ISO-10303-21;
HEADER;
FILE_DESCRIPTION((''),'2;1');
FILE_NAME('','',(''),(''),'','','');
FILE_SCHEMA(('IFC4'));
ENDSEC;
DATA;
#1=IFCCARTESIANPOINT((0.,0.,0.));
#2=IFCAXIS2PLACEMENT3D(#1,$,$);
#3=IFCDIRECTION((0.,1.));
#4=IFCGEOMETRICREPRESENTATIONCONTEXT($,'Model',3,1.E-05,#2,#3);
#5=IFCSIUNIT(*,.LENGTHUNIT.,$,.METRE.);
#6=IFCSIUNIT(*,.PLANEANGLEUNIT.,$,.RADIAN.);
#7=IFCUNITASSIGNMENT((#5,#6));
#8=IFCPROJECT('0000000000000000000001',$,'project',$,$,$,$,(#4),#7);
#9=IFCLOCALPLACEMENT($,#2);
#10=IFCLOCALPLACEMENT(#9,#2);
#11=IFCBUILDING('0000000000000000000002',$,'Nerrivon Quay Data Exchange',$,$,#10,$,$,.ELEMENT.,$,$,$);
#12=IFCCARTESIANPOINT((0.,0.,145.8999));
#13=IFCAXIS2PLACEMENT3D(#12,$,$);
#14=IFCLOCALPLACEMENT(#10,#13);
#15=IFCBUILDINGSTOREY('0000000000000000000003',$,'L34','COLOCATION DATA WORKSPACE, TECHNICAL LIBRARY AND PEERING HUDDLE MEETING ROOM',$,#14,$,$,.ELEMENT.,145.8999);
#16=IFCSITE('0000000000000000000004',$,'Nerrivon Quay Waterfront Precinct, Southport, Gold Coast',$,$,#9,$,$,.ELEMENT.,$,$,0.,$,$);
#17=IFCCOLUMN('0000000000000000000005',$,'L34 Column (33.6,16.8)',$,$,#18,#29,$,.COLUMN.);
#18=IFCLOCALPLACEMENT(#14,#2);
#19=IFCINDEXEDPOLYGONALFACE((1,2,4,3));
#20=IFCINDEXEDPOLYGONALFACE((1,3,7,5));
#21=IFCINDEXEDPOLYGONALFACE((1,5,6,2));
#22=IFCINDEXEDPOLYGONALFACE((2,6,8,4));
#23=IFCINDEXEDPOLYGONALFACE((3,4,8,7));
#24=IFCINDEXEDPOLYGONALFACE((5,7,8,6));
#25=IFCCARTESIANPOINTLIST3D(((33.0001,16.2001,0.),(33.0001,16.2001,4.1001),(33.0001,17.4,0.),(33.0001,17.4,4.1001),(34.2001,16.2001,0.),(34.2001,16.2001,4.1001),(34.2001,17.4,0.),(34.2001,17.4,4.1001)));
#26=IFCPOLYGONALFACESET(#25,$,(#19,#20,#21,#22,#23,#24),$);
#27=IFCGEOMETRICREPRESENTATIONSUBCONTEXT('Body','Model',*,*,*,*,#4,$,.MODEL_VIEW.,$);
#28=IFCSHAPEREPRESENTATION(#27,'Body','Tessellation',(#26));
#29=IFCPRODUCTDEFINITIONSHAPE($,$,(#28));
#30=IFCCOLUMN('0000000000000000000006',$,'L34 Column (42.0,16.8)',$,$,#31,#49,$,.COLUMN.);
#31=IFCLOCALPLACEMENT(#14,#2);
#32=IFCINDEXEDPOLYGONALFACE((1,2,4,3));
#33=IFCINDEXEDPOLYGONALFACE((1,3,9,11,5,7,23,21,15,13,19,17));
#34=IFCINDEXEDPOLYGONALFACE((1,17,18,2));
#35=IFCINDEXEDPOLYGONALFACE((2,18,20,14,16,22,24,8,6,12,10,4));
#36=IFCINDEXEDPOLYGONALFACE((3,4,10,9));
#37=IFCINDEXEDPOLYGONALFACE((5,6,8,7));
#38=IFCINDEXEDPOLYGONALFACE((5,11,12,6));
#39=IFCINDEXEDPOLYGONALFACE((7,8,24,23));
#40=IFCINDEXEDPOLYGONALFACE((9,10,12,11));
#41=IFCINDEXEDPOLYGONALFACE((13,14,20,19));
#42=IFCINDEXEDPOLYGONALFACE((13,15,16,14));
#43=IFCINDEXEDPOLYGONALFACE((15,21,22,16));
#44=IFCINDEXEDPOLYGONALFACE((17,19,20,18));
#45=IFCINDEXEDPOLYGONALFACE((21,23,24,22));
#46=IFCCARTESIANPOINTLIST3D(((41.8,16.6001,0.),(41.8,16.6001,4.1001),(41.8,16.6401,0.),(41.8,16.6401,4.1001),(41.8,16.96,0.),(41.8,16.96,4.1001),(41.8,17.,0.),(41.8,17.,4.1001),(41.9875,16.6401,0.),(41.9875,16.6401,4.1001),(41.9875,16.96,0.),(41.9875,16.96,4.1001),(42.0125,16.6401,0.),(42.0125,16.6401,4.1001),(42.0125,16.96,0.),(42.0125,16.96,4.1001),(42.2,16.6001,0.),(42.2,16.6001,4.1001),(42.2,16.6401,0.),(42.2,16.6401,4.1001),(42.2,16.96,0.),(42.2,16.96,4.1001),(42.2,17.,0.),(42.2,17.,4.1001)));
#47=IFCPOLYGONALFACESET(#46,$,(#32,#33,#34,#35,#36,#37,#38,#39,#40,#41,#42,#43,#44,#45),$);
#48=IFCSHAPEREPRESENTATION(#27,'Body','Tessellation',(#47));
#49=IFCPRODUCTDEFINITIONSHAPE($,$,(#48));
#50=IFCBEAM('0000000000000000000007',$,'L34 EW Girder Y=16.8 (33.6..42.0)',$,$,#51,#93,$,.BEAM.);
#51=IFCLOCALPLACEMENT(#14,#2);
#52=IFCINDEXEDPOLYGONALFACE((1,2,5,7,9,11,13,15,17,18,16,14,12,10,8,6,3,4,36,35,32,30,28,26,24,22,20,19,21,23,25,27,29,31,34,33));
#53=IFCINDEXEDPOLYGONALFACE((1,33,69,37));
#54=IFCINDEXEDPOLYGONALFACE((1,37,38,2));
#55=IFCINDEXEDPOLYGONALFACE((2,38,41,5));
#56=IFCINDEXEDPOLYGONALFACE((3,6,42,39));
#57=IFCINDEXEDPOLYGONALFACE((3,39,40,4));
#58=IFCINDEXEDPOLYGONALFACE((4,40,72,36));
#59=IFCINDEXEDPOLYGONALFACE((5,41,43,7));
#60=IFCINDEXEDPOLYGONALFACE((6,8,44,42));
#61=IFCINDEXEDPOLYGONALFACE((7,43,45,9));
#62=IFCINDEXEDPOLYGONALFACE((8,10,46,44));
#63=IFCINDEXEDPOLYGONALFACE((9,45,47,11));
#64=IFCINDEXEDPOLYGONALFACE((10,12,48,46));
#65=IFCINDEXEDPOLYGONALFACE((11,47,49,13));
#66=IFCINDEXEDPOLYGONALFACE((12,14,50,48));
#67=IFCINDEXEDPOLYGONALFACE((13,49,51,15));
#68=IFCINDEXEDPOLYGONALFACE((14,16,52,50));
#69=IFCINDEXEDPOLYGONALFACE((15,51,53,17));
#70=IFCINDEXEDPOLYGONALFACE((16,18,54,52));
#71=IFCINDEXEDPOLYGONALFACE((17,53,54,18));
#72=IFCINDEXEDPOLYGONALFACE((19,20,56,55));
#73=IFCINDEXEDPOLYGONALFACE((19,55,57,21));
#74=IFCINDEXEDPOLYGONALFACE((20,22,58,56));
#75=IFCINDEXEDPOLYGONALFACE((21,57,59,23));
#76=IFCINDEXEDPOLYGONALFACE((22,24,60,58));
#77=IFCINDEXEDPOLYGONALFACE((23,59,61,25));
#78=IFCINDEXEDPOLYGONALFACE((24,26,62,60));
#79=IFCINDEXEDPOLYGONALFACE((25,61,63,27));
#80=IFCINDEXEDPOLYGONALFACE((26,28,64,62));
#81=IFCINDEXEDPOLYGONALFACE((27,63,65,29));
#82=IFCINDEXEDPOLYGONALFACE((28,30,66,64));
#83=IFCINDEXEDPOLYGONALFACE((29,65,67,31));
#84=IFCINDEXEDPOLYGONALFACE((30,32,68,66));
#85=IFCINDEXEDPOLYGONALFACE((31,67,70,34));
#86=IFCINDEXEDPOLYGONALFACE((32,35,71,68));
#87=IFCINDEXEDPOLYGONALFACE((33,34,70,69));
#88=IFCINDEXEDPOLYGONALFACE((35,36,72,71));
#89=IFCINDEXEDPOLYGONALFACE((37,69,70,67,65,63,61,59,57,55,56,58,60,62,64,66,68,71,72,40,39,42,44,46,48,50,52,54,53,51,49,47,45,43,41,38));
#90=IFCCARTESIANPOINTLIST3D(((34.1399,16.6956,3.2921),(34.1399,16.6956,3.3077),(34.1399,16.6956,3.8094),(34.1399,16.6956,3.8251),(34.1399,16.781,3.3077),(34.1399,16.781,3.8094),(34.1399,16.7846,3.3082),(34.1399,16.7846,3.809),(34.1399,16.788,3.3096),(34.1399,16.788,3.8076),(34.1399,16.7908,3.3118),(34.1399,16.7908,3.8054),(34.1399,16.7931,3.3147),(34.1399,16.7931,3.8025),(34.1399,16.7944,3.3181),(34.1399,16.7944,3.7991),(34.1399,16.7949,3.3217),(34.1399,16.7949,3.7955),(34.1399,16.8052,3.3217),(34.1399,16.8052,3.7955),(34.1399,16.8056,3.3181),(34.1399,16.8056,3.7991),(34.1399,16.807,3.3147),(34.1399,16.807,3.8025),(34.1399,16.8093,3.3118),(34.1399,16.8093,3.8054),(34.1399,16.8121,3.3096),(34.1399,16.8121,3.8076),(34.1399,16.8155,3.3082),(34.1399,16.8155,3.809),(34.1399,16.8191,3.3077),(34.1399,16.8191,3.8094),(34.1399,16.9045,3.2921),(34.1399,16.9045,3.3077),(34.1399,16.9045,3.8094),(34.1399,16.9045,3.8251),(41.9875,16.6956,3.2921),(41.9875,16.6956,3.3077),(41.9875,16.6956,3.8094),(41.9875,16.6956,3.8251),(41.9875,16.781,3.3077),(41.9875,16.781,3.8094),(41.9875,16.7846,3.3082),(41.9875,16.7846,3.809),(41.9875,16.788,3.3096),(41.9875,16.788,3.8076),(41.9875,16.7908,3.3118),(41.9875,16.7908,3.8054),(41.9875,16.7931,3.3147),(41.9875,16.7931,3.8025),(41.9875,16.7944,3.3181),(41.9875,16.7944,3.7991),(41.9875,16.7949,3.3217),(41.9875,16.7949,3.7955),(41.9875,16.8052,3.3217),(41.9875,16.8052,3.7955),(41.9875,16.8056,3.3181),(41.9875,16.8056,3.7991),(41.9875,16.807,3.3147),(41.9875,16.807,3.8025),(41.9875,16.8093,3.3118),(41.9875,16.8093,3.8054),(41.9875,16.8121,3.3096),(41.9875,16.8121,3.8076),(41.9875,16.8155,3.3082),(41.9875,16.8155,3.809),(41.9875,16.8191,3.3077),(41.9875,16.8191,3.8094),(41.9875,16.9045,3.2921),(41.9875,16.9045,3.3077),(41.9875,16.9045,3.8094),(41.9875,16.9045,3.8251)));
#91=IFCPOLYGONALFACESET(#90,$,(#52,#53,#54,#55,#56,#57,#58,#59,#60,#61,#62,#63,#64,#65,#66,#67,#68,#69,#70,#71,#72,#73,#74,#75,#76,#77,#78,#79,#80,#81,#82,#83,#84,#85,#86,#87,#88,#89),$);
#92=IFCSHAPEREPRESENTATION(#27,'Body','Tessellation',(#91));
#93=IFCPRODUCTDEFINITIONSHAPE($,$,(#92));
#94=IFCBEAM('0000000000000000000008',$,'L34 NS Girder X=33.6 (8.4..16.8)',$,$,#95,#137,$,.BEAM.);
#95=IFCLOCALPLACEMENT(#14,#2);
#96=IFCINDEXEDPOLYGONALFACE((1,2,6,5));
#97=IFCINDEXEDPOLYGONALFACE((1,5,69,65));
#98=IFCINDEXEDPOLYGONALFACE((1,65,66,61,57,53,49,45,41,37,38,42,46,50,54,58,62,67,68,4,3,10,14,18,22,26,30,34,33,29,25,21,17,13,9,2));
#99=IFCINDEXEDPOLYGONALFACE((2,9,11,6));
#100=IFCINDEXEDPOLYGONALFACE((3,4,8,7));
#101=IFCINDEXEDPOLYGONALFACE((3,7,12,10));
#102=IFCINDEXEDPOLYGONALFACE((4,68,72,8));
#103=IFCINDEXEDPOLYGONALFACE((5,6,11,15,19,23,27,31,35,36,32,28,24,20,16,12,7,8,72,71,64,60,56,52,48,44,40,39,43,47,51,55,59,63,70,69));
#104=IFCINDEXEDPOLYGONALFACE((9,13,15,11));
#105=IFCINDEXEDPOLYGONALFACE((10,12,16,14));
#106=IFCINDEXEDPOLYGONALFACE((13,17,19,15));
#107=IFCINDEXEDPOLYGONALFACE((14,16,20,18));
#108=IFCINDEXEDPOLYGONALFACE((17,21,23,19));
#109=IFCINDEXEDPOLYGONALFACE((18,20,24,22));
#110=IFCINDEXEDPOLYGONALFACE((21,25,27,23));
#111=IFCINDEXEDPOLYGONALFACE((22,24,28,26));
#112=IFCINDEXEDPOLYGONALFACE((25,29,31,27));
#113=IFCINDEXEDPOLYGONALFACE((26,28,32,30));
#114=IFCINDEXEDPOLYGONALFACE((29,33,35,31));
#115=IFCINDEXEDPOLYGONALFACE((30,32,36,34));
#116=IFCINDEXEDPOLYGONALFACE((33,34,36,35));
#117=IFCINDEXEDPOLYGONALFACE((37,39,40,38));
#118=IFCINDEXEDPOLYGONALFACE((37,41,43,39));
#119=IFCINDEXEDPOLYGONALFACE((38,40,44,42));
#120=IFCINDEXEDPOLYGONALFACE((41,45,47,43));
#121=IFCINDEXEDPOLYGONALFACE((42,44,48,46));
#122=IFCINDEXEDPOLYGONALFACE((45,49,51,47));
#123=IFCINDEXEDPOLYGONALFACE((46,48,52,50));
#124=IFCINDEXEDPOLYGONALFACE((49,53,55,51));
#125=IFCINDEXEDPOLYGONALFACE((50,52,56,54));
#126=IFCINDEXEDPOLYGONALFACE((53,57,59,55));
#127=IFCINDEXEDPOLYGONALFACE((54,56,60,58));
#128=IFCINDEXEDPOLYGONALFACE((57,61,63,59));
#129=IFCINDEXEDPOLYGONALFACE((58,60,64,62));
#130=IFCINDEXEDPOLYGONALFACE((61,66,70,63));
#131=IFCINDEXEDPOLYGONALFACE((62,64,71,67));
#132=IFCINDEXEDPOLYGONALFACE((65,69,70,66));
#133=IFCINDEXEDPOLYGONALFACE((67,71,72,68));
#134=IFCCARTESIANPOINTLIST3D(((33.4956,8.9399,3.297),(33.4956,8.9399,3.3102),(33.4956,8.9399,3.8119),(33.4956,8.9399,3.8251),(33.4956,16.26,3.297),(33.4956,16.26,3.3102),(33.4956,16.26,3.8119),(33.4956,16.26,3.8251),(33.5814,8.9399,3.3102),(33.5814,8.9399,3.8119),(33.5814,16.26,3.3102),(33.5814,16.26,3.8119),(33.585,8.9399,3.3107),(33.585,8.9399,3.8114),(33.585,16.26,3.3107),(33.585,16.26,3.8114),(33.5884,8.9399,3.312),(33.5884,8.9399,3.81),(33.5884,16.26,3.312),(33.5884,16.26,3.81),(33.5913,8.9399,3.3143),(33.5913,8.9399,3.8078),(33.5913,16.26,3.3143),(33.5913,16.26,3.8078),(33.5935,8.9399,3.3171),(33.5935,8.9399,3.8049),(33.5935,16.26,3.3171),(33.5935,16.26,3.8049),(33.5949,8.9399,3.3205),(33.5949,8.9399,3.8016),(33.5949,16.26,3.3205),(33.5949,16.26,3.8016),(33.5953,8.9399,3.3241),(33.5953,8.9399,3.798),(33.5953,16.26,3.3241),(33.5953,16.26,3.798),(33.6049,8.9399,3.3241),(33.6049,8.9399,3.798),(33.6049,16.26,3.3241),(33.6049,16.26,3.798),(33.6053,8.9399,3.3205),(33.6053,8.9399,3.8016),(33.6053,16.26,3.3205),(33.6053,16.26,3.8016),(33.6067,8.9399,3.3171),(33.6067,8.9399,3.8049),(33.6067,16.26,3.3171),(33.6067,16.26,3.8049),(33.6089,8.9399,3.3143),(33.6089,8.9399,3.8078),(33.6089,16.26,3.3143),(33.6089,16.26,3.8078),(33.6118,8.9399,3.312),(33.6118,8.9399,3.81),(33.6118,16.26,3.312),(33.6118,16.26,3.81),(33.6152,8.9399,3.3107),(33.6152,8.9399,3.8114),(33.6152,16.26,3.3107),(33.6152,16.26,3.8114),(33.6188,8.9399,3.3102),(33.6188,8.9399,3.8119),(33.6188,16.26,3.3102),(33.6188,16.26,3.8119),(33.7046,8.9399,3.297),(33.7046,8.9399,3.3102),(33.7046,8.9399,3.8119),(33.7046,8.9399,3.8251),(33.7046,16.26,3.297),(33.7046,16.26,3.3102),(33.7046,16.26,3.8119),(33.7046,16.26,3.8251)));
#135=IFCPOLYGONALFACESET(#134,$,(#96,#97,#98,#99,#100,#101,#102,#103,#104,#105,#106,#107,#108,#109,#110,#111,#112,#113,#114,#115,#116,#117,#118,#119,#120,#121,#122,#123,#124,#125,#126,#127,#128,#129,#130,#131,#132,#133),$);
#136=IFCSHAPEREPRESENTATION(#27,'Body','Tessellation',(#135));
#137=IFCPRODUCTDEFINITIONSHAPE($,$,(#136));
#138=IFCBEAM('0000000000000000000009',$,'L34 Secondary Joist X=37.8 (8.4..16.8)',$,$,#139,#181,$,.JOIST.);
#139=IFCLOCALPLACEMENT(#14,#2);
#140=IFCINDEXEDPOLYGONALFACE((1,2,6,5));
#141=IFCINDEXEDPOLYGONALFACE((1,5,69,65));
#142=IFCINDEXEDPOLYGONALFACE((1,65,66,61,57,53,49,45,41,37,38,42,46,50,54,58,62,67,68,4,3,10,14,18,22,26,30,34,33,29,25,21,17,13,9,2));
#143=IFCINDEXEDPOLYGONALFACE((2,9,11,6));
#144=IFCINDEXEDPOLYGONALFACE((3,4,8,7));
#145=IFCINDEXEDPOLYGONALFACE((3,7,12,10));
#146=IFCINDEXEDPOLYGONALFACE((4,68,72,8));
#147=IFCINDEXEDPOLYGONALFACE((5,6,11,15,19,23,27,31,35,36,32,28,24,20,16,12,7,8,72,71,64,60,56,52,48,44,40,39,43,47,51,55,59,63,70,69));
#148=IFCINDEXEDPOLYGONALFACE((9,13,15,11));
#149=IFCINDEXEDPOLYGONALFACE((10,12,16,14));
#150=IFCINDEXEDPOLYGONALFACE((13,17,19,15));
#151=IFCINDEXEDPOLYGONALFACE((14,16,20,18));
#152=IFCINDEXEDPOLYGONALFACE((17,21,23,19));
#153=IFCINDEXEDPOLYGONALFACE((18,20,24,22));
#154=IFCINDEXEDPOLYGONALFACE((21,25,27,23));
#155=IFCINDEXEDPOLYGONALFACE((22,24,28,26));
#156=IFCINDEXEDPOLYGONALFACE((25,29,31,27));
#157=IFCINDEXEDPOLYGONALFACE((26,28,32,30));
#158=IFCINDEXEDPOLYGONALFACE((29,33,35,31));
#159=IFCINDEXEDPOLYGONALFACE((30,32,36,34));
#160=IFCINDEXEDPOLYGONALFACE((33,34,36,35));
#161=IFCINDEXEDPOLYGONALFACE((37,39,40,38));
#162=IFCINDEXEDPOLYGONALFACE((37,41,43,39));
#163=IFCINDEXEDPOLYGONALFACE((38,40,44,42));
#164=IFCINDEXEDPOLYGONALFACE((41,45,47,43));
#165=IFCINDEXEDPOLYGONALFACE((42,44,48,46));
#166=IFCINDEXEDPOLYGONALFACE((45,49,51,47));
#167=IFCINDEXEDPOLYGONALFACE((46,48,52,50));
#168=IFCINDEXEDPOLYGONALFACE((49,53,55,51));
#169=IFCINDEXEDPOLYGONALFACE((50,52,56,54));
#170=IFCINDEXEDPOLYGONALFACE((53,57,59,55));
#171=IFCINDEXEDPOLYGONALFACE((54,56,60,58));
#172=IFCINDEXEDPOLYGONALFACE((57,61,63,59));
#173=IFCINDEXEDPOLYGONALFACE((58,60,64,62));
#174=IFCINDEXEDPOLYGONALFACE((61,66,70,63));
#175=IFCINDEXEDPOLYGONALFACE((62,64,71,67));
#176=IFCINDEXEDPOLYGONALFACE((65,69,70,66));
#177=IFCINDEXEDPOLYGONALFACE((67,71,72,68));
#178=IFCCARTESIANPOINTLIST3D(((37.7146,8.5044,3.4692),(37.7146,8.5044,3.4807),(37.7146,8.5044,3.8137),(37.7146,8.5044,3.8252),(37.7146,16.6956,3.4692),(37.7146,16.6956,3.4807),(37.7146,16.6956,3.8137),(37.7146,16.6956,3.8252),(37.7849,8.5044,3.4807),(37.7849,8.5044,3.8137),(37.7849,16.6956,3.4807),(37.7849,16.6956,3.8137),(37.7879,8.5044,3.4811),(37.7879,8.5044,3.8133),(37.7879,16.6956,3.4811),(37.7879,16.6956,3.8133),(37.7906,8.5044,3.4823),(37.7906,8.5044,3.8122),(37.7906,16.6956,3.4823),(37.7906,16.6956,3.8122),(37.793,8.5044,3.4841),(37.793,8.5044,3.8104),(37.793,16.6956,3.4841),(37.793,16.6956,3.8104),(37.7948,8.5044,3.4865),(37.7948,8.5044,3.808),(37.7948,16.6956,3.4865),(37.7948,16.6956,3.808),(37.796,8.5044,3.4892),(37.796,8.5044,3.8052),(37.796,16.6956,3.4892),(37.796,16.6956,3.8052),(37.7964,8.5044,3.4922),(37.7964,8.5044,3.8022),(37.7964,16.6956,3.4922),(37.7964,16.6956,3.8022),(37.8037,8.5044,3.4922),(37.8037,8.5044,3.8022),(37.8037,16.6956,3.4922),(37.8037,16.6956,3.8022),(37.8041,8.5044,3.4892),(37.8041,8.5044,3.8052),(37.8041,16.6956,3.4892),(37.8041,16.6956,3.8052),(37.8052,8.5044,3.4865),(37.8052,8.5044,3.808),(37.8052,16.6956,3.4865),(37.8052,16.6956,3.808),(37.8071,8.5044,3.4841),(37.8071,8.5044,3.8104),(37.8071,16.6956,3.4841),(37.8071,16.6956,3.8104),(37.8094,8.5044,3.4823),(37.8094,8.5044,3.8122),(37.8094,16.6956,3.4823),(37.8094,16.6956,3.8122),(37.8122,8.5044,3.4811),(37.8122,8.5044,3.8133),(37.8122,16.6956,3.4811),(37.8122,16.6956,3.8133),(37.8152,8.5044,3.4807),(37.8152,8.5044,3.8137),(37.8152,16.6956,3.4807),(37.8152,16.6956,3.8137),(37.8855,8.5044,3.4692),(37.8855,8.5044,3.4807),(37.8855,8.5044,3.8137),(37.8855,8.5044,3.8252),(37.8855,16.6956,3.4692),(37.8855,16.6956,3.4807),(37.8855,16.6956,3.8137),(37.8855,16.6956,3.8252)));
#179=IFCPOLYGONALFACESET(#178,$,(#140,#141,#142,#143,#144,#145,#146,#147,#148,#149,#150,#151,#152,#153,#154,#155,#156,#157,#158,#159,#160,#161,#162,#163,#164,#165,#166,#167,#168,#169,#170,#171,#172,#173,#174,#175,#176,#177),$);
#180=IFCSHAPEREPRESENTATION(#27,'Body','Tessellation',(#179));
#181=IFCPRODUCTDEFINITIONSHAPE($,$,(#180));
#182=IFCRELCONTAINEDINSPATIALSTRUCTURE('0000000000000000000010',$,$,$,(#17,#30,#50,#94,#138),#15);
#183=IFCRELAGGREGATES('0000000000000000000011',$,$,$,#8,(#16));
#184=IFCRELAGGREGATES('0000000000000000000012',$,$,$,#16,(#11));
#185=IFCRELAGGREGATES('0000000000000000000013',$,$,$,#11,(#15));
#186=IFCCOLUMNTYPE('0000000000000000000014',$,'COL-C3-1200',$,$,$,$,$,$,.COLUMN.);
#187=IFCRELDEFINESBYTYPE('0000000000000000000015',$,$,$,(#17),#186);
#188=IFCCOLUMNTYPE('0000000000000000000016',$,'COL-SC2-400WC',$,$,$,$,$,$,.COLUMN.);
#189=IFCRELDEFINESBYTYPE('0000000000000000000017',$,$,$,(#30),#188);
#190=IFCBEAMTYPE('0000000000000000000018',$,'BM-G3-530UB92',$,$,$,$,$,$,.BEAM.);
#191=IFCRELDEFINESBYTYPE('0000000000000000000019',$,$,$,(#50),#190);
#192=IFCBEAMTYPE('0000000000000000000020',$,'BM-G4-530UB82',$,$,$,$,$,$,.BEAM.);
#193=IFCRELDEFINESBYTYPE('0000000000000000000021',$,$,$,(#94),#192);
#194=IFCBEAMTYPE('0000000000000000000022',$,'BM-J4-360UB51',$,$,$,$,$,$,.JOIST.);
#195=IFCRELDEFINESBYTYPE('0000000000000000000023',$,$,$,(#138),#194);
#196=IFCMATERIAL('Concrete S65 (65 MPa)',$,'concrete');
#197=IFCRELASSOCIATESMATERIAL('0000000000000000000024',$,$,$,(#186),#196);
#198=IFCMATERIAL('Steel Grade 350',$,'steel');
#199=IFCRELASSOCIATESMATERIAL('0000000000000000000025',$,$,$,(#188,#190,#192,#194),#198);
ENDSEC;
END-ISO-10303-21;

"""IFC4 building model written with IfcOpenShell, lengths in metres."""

from ifc_helpers import new_model, si_unit, direction, frame, origin, origin_2d, place, context, subcontext, project, spatial, rectangle, i_section, extrude, material, material_profile, profile_set, type_object, element, save


model = new_model("IFC4")

# Units and contexts
model_context = context("Model", 3, precision=1e-05, world=origin(), true_north=direction((0.0, 1.0)))
body_context = subcontext(model_context, "Body", "Model", "MODEL_VIEW")
ifc_project = project(units=[si_unit("LENGTHUNIT", "METRE"), si_unit("PLANEANGLEUNIT", "RADIAN")], contexts=[model_context])

# Site, building, storey
site_placement = place(None, origin())
site = spatial("IfcSite", under=ifc_project, at=site_placement, Name="Nerrivon Quay Waterfront Precinct, Southport, Gold Coast", CompositionType="ELEMENT", RefElevation=0.0)
building_placement = place(site_placement, origin())
building = spatial("IfcBuilding", under=site, at=building_placement, Name="Nerrivon Quay Data Exchange", CompositionType="ELEMENT")
storey_placement = place(building_placement, frame((0.0, 0.0, 145.8999)))
storey = spatial("IfcBuildingStorey", under=building, at=storey_placement, Name="L34", Description="COLOCATION DATA WORKSPACE, TECHNICAL LIBRARY AND PEERING HUDDLE MEETING ROOM", CompositionType="ELEMENT", Elevation=145.8999)

# Columns
ifc_material_1 = material(Name="Concrete S65 (65 MPa)", Category="concrete")
ifc_material_profile_1 = material_profile(ifc_material_1, rectangle(XDim=1.2, YDim=1.2, at=origin_2d()), Name="RC-COL-1200x1200")
ifc_profile_set_1 = profile_set([ifc_material_profile_1], Name="Concrete S65 (65 MPa)")
column_type_1 = type_object("IfcColumnType", Name="COL-C3-1200", PredefinedType="COLUMN", material=ifc_profile_set_1)
column_1_placement = place(storey_placement, frame((33.6001, 16.8, 0.0), z_axis=(0.0, 0.0, 1.0), x_axis=(1.0, 0.0, 0.0)))
element("IfcColumn", 1, at=column_1_placement, inside=storey, type_object=column_type_1, Name="L34 Column (33.6,16.8)", PredefinedType="COLUMN", context=body_context, shape_type="SweptSolid", body=[
    extrude(rectangle(XDim=1.2, YDim=1.2, at=origin_2d()), origin(), (0.0, 0.0, 1.0), 4.1001),
])
ifc_material_2 = material(Name="Steel Grade 350", Category="steel")
ifc_material_profile_2 = material_profile(ifc_material_2, i_section(OverallWidth=0.3999, OverallDepth=0.3999, WebThickness=0.0249, FlangeThickness=0.04, at=origin_2d()), Name="400WC328")
ifc_profile_set_2 = profile_set([ifc_material_profile_2], Name="Steel Grade 350")
column_type_2 = type_object("IfcColumnType", Name="COL-SC2-400WC", PredefinedType="COLUMN", material=ifc_profile_set_2)
column_2_placement = place(storey_placement, frame((42.0, 16.8, 0.0), z_axis=(0.0, 0.0, 1.0), x_axis=(1.0, 0.0, 0.0)))
element("IfcColumn", 2, at=column_2_placement, inside=storey, type_object=column_type_2, Name="L34 Column (42.0,16.8)", PredefinedType="COLUMN", context=body_context, shape_type="SweptSolid", body=[
    extrude(i_section(OverallWidth=0.3999, OverallDepth=0.3999, WebThickness=0.0249, FlangeThickness=0.04, at=origin_2d()), origin(), (0.0, 0.0, 1.0), 4.1001),
])

# Beams
ifc_material_profile_3 = material_profile(ifc_material_2, i_section(OverallWidth=0.209, OverallDepth=0.533, WebThickness=0.0103, FlangeThickness=0.0156, FilletRadius=0.0139, at=origin_2d()), Name="530UB92.4")
ifc_profile_set_3 = profile_set([ifc_material_profile_3], Name="Steel Grade 350")
beam_type_1 = type_object("IfcBeamType", Name="BM-G3-530UB92", PredefinedType="BEAM", material=ifc_profile_set_3)
beam_1_placement = place(storey_placement, frame((34.1399, 16.8, 3.5586), z_axis=(1.0, 0.0, 0.0), x_axis=(0.0, 1.0, 0.0)))
element("IfcBeam", 3, at=beam_1_placement, inside=storey, type_object=beam_type_1, Name="L34 EW Girder Y=16.8 (33.6..42.0)", PredefinedType="BEAM", context=body_context, shape_type="SweptSolid", body=[
    extrude(i_section(OverallWidth=0.209, OverallDepth=0.533, WebThickness=0.0103, FlangeThickness=0.0156, FilletRadius=0.0139, at=origin_2d()), origin(), (0.0, 0.0, 1.0), 7.8477),
])
ifc_material_profile_4 = material_profile(ifc_material_2, i_section(OverallWidth=0.209, OverallDepth=0.5281, WebThickness=0.0095, FlangeThickness=0.0132, FilletRadius=0.0139, at=origin_2d()), Name="530UB82.0")
ifc_profile_set_4 = profile_set([ifc_material_profile_4], Name="Steel Grade 350")
beam_type_2 = type_object("IfcBeamType", Name="BM-G4-530UB82", PredefinedType="BEAM", material=ifc_profile_set_4)
beam_2_placement = place(storey_placement, frame((33.6001, 8.9399, 3.561), z_axis=(0.0, 1.0, 0.0), x_axis=(-1.0, 0.0, 0.0)))
element("IfcBeam", 4, at=beam_2_placement, inside=storey, type_object=beam_type_2, Name="L34 NS Girder X=33.6 (8.4..16.8)", PredefinedType="BEAM", context=body_context, shape_type="SweptSolid", body=[
    extrude(i_section(OverallWidth=0.209, OverallDepth=0.5281, WebThickness=0.0095, FlangeThickness=0.0132, FilletRadius=0.0139, at=origin_2d()), origin(), (0.0, 0.0, 1.0), 7.3201),
])
ifc_material_profile_5 = material_profile(ifc_material_2, i_section(OverallWidth=0.1709, OverallDepth=0.356, WebThickness=0.0073, FlangeThickness=0.0115, FilletRadius=0.0115, at=origin_2d()), Name="360UB50.7")
ifc_profile_set_5 = profile_set([ifc_material_profile_5], Name="Steel Grade 350")
beam_type_3 = type_object("IfcBeamType", Name="BM-J4-360UB51", PredefinedType="JOIST", material=ifc_profile_set_5)
beam_3_placement = place(storey_placement, frame((37.8, 8.5044, 3.6472), z_axis=(0.0, 1.0, 0.0), x_axis=(-1.0, 0.0, 0.0)))
element("IfcBeam", 5, at=beam_3_placement, inside=storey, type_object=beam_type_3, Name="L34 Secondary Joist X=37.8 (8.4..16.8)", PredefinedType="JOIST", context=body_context, shape_type="SweptSolid", body=[
    extrude(i_section(OverallWidth=0.1709, OverallDepth=0.356, WebThickness=0.0073, FlangeThickness=0.0115, FilletRadius=0.0115, at=origin_2d()), origin(), (0.0, 0.0, 1.0), 8.1912),
])

save(model, "model.ifc")
